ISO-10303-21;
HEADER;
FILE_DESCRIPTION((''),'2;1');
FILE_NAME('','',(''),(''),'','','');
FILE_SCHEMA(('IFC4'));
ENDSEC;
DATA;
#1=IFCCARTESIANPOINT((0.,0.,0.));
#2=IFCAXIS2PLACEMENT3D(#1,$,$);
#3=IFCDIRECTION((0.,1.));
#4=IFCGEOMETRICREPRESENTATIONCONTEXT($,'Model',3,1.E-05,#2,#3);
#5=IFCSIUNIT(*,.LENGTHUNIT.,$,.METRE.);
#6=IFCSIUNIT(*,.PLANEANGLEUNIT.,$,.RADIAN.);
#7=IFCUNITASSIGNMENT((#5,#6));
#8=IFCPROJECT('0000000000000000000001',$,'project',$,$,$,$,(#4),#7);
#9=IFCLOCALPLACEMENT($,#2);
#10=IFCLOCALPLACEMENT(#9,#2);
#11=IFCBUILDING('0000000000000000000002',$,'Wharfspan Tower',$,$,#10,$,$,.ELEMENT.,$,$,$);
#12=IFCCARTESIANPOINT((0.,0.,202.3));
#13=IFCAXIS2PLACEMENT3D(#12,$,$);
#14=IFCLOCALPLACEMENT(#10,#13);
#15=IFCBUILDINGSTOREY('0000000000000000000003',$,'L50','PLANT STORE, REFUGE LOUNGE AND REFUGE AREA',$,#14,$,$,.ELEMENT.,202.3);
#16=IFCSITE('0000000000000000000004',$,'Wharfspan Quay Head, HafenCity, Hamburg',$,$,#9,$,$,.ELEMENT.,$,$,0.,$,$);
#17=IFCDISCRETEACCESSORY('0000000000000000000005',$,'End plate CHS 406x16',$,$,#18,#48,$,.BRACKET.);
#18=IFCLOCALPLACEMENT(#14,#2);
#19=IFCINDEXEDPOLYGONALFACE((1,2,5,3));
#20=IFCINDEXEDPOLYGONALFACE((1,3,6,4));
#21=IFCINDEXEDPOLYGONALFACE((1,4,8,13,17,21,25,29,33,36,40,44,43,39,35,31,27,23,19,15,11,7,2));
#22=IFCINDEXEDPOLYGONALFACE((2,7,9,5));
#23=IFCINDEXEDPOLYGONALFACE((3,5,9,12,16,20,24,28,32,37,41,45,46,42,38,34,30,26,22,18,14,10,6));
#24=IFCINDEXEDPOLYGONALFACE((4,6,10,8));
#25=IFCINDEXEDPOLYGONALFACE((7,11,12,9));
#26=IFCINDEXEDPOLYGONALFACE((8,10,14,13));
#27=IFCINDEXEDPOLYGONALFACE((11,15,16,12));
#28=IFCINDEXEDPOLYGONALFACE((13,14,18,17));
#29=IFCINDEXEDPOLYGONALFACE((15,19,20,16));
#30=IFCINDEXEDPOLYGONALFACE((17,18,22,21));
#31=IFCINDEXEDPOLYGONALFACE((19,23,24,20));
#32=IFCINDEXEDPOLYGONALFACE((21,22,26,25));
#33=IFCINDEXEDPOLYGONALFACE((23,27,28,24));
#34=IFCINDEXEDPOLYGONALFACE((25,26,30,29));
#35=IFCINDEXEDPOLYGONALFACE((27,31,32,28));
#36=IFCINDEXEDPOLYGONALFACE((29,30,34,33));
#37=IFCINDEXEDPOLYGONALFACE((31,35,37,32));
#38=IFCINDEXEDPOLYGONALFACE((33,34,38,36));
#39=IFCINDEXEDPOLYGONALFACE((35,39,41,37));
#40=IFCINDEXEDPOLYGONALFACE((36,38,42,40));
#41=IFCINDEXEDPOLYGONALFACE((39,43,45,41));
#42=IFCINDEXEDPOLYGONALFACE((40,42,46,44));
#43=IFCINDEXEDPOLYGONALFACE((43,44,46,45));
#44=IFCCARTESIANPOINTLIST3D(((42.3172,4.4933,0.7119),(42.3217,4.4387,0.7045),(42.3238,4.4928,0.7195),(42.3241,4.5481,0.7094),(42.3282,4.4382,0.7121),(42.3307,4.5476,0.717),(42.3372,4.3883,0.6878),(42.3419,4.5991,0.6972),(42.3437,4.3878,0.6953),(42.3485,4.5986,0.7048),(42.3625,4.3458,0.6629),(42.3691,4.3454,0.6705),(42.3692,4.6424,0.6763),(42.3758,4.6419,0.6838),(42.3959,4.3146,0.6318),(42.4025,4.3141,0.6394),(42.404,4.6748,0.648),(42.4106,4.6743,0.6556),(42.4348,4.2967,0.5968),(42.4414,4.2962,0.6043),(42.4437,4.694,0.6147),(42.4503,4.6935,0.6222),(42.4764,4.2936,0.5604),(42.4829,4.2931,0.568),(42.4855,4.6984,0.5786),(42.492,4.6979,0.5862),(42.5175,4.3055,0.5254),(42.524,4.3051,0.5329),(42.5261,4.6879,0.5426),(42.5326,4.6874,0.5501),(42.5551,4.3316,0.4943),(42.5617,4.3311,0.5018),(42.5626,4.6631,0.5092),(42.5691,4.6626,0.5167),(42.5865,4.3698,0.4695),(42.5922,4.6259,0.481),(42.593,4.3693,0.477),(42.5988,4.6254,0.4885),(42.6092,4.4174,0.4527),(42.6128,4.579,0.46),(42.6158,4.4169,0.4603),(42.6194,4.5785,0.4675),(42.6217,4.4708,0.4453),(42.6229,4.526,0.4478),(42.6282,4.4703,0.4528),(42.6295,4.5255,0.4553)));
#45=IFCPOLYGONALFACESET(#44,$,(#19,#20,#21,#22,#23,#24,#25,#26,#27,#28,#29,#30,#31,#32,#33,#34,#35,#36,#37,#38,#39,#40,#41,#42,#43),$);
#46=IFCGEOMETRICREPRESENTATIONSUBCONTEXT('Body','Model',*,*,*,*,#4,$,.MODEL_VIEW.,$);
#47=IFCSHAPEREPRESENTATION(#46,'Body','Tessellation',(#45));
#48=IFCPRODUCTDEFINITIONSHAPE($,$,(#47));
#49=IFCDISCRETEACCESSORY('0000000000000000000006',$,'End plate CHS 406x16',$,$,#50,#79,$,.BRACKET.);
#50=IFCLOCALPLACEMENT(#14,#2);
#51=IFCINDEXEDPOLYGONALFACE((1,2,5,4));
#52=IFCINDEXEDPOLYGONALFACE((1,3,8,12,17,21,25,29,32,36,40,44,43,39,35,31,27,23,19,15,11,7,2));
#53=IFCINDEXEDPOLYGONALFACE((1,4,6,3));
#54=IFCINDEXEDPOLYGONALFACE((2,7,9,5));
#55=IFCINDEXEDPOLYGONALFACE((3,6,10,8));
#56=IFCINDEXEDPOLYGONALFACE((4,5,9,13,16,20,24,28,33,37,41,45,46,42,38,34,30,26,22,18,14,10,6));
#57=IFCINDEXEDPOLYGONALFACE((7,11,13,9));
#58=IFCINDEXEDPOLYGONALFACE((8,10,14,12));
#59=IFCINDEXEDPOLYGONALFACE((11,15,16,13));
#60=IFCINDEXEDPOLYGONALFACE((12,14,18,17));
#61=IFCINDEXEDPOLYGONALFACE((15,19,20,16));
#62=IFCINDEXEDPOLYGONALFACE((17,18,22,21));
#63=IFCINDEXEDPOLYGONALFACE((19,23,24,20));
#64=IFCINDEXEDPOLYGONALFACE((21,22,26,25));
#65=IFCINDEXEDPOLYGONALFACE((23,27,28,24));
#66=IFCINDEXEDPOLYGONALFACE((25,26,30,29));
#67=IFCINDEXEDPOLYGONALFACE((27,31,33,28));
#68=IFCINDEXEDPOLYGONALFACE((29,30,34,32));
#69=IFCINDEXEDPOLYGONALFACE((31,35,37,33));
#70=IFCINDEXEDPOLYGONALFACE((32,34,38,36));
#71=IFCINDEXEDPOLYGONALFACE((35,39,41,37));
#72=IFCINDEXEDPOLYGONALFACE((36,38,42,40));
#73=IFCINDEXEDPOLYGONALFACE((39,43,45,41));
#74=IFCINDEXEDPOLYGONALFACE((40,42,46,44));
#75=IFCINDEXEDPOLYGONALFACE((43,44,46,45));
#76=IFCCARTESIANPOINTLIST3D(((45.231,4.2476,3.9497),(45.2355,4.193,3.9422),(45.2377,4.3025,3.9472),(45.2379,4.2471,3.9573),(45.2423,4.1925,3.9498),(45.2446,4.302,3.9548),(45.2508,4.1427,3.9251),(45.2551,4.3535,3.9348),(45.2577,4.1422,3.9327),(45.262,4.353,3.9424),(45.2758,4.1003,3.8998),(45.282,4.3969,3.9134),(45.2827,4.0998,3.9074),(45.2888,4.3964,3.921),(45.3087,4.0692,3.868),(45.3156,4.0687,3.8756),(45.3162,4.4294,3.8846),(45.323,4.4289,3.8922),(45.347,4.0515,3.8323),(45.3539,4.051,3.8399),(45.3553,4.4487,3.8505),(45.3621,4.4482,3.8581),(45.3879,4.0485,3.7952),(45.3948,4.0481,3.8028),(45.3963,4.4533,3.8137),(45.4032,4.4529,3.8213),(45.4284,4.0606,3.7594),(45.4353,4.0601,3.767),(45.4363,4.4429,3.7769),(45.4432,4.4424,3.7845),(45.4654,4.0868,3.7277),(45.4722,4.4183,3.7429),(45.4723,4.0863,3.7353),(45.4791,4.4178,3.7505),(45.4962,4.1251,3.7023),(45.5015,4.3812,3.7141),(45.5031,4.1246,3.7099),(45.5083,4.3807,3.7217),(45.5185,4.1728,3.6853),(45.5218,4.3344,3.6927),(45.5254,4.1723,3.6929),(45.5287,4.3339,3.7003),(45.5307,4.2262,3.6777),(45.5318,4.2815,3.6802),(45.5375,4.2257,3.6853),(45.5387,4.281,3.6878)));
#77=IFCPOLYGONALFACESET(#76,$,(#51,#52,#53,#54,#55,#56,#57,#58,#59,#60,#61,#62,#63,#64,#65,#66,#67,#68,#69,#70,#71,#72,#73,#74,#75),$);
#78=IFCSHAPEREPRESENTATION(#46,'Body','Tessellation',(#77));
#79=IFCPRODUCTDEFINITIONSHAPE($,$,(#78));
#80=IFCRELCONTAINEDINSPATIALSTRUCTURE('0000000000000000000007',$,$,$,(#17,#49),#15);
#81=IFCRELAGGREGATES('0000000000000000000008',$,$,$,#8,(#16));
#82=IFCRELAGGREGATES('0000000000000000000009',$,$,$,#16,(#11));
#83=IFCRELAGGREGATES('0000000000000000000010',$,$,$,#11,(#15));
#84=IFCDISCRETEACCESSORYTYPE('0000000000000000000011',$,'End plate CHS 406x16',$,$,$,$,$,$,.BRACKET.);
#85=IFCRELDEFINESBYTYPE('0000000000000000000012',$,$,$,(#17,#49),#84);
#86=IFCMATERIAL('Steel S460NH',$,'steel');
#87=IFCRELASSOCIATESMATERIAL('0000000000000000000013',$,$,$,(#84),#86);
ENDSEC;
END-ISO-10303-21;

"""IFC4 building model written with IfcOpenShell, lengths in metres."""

from ifc_helpers import new_model, si_unit, direction, frame, origin, origin_2d, place, context, subcontext, project, spatial, circle, extrude, material, material_profile, profile_set, type_object, element, save


model = new_model("IFC4")

# Units and contexts
model_context = context("Model", 3, precision=1e-05, world=origin(), true_north=direction((0.0, 1.0)))
body_context = subcontext(model_context, "Body", "Model", "MODEL_VIEW")
ifc_project = project(units=[si_unit("LENGTHUNIT", "METRE"), si_unit("PLANEANGLEUNIT", "RADIAN")], contexts=[model_context])

# Site, building, storey
site_placement = place(None, origin())
site = spatial("IfcSite", under=ifc_project, at=site_placement, Name="Wharfspan Quay Head, HafenCity, Hamburg", CompositionType="ELEMENT", RefElevation=0.0)
building_placement = place(site_placement, origin())
building = spatial("IfcBuilding", under=site, at=building_placement, Name="Wharfspan Tower", CompositionType="ELEMENT")
storey_placement = place(building_placement, frame((0.0, 0.0, 202.3)))
storey = spatial("IfcBuildingStorey", under=building, at=storey_placement, Name="L50", Description="PLANT STORE, REFUGE LOUNGE AND REFUGE AREA", CompositionType="ELEMENT", Elevation=202.3)

# Shared definitions
ifc_material_1 = material(Name="Steel S460NH", Category="steel")

# Discrete accessories
ifc_material_profile_1 = material_profile(ifc_material_1, circle(Radius=0.2031, at=origin_2d()))
ifc_profile_set_1 = profile_set([ifc_material_profile_1], Name="Steel S460NH")
discrete_accessory_type = type_object("IfcDiscreteAccessoryType", Name="End plate CHS 406x16", PredefinedType="BRACKET", material=ifc_profile_set_1)
for number, where, z_axis, x_axis, name in (
    (1, (42.4705, 4.4958, 0.5786), (0.656005, -0.048593, 0.753191), (0.073872, 0.997271, 0.0), "End plate CHS 406x16"),
):
    element("IfcDiscreteAccessory", number, at=place(storey_placement, frame(where, z_axis=z_axis, x_axis=x_axis)), inside=storey, type_object=discrete_accessory_type, Name=name, PredefinedType="BRACKET", context=body_context, shape_type="SweptSolid", body=[
        extrude(circle(Radius=0.2031, at=origin_2d()), origin(), (0.0, 0.0, 1.0), 0.01),
    ])
discrete_accessory_placement = place(storey_placement, frame((45.3818, 4.2507, 3.8137), z_axis=(0.669519, -0.047823, 0.741254), x_axis=(0.071246, 0.997455, 0.000001)))
element("IfcDiscreteAccessory", 2, at=discrete_accessory_placement, inside=storey, type_object=discrete_accessory_type, Name="End plate CHS 406x16", PredefinedType="BRACKET", context=body_context, shape_type="SweptSolid", body=[
    extrude(circle(Radius=0.2031, at=origin_2d()), origin(), (0.0, 0.0, 1.0), 0.0103),
])

save(model, "model.ifc")
